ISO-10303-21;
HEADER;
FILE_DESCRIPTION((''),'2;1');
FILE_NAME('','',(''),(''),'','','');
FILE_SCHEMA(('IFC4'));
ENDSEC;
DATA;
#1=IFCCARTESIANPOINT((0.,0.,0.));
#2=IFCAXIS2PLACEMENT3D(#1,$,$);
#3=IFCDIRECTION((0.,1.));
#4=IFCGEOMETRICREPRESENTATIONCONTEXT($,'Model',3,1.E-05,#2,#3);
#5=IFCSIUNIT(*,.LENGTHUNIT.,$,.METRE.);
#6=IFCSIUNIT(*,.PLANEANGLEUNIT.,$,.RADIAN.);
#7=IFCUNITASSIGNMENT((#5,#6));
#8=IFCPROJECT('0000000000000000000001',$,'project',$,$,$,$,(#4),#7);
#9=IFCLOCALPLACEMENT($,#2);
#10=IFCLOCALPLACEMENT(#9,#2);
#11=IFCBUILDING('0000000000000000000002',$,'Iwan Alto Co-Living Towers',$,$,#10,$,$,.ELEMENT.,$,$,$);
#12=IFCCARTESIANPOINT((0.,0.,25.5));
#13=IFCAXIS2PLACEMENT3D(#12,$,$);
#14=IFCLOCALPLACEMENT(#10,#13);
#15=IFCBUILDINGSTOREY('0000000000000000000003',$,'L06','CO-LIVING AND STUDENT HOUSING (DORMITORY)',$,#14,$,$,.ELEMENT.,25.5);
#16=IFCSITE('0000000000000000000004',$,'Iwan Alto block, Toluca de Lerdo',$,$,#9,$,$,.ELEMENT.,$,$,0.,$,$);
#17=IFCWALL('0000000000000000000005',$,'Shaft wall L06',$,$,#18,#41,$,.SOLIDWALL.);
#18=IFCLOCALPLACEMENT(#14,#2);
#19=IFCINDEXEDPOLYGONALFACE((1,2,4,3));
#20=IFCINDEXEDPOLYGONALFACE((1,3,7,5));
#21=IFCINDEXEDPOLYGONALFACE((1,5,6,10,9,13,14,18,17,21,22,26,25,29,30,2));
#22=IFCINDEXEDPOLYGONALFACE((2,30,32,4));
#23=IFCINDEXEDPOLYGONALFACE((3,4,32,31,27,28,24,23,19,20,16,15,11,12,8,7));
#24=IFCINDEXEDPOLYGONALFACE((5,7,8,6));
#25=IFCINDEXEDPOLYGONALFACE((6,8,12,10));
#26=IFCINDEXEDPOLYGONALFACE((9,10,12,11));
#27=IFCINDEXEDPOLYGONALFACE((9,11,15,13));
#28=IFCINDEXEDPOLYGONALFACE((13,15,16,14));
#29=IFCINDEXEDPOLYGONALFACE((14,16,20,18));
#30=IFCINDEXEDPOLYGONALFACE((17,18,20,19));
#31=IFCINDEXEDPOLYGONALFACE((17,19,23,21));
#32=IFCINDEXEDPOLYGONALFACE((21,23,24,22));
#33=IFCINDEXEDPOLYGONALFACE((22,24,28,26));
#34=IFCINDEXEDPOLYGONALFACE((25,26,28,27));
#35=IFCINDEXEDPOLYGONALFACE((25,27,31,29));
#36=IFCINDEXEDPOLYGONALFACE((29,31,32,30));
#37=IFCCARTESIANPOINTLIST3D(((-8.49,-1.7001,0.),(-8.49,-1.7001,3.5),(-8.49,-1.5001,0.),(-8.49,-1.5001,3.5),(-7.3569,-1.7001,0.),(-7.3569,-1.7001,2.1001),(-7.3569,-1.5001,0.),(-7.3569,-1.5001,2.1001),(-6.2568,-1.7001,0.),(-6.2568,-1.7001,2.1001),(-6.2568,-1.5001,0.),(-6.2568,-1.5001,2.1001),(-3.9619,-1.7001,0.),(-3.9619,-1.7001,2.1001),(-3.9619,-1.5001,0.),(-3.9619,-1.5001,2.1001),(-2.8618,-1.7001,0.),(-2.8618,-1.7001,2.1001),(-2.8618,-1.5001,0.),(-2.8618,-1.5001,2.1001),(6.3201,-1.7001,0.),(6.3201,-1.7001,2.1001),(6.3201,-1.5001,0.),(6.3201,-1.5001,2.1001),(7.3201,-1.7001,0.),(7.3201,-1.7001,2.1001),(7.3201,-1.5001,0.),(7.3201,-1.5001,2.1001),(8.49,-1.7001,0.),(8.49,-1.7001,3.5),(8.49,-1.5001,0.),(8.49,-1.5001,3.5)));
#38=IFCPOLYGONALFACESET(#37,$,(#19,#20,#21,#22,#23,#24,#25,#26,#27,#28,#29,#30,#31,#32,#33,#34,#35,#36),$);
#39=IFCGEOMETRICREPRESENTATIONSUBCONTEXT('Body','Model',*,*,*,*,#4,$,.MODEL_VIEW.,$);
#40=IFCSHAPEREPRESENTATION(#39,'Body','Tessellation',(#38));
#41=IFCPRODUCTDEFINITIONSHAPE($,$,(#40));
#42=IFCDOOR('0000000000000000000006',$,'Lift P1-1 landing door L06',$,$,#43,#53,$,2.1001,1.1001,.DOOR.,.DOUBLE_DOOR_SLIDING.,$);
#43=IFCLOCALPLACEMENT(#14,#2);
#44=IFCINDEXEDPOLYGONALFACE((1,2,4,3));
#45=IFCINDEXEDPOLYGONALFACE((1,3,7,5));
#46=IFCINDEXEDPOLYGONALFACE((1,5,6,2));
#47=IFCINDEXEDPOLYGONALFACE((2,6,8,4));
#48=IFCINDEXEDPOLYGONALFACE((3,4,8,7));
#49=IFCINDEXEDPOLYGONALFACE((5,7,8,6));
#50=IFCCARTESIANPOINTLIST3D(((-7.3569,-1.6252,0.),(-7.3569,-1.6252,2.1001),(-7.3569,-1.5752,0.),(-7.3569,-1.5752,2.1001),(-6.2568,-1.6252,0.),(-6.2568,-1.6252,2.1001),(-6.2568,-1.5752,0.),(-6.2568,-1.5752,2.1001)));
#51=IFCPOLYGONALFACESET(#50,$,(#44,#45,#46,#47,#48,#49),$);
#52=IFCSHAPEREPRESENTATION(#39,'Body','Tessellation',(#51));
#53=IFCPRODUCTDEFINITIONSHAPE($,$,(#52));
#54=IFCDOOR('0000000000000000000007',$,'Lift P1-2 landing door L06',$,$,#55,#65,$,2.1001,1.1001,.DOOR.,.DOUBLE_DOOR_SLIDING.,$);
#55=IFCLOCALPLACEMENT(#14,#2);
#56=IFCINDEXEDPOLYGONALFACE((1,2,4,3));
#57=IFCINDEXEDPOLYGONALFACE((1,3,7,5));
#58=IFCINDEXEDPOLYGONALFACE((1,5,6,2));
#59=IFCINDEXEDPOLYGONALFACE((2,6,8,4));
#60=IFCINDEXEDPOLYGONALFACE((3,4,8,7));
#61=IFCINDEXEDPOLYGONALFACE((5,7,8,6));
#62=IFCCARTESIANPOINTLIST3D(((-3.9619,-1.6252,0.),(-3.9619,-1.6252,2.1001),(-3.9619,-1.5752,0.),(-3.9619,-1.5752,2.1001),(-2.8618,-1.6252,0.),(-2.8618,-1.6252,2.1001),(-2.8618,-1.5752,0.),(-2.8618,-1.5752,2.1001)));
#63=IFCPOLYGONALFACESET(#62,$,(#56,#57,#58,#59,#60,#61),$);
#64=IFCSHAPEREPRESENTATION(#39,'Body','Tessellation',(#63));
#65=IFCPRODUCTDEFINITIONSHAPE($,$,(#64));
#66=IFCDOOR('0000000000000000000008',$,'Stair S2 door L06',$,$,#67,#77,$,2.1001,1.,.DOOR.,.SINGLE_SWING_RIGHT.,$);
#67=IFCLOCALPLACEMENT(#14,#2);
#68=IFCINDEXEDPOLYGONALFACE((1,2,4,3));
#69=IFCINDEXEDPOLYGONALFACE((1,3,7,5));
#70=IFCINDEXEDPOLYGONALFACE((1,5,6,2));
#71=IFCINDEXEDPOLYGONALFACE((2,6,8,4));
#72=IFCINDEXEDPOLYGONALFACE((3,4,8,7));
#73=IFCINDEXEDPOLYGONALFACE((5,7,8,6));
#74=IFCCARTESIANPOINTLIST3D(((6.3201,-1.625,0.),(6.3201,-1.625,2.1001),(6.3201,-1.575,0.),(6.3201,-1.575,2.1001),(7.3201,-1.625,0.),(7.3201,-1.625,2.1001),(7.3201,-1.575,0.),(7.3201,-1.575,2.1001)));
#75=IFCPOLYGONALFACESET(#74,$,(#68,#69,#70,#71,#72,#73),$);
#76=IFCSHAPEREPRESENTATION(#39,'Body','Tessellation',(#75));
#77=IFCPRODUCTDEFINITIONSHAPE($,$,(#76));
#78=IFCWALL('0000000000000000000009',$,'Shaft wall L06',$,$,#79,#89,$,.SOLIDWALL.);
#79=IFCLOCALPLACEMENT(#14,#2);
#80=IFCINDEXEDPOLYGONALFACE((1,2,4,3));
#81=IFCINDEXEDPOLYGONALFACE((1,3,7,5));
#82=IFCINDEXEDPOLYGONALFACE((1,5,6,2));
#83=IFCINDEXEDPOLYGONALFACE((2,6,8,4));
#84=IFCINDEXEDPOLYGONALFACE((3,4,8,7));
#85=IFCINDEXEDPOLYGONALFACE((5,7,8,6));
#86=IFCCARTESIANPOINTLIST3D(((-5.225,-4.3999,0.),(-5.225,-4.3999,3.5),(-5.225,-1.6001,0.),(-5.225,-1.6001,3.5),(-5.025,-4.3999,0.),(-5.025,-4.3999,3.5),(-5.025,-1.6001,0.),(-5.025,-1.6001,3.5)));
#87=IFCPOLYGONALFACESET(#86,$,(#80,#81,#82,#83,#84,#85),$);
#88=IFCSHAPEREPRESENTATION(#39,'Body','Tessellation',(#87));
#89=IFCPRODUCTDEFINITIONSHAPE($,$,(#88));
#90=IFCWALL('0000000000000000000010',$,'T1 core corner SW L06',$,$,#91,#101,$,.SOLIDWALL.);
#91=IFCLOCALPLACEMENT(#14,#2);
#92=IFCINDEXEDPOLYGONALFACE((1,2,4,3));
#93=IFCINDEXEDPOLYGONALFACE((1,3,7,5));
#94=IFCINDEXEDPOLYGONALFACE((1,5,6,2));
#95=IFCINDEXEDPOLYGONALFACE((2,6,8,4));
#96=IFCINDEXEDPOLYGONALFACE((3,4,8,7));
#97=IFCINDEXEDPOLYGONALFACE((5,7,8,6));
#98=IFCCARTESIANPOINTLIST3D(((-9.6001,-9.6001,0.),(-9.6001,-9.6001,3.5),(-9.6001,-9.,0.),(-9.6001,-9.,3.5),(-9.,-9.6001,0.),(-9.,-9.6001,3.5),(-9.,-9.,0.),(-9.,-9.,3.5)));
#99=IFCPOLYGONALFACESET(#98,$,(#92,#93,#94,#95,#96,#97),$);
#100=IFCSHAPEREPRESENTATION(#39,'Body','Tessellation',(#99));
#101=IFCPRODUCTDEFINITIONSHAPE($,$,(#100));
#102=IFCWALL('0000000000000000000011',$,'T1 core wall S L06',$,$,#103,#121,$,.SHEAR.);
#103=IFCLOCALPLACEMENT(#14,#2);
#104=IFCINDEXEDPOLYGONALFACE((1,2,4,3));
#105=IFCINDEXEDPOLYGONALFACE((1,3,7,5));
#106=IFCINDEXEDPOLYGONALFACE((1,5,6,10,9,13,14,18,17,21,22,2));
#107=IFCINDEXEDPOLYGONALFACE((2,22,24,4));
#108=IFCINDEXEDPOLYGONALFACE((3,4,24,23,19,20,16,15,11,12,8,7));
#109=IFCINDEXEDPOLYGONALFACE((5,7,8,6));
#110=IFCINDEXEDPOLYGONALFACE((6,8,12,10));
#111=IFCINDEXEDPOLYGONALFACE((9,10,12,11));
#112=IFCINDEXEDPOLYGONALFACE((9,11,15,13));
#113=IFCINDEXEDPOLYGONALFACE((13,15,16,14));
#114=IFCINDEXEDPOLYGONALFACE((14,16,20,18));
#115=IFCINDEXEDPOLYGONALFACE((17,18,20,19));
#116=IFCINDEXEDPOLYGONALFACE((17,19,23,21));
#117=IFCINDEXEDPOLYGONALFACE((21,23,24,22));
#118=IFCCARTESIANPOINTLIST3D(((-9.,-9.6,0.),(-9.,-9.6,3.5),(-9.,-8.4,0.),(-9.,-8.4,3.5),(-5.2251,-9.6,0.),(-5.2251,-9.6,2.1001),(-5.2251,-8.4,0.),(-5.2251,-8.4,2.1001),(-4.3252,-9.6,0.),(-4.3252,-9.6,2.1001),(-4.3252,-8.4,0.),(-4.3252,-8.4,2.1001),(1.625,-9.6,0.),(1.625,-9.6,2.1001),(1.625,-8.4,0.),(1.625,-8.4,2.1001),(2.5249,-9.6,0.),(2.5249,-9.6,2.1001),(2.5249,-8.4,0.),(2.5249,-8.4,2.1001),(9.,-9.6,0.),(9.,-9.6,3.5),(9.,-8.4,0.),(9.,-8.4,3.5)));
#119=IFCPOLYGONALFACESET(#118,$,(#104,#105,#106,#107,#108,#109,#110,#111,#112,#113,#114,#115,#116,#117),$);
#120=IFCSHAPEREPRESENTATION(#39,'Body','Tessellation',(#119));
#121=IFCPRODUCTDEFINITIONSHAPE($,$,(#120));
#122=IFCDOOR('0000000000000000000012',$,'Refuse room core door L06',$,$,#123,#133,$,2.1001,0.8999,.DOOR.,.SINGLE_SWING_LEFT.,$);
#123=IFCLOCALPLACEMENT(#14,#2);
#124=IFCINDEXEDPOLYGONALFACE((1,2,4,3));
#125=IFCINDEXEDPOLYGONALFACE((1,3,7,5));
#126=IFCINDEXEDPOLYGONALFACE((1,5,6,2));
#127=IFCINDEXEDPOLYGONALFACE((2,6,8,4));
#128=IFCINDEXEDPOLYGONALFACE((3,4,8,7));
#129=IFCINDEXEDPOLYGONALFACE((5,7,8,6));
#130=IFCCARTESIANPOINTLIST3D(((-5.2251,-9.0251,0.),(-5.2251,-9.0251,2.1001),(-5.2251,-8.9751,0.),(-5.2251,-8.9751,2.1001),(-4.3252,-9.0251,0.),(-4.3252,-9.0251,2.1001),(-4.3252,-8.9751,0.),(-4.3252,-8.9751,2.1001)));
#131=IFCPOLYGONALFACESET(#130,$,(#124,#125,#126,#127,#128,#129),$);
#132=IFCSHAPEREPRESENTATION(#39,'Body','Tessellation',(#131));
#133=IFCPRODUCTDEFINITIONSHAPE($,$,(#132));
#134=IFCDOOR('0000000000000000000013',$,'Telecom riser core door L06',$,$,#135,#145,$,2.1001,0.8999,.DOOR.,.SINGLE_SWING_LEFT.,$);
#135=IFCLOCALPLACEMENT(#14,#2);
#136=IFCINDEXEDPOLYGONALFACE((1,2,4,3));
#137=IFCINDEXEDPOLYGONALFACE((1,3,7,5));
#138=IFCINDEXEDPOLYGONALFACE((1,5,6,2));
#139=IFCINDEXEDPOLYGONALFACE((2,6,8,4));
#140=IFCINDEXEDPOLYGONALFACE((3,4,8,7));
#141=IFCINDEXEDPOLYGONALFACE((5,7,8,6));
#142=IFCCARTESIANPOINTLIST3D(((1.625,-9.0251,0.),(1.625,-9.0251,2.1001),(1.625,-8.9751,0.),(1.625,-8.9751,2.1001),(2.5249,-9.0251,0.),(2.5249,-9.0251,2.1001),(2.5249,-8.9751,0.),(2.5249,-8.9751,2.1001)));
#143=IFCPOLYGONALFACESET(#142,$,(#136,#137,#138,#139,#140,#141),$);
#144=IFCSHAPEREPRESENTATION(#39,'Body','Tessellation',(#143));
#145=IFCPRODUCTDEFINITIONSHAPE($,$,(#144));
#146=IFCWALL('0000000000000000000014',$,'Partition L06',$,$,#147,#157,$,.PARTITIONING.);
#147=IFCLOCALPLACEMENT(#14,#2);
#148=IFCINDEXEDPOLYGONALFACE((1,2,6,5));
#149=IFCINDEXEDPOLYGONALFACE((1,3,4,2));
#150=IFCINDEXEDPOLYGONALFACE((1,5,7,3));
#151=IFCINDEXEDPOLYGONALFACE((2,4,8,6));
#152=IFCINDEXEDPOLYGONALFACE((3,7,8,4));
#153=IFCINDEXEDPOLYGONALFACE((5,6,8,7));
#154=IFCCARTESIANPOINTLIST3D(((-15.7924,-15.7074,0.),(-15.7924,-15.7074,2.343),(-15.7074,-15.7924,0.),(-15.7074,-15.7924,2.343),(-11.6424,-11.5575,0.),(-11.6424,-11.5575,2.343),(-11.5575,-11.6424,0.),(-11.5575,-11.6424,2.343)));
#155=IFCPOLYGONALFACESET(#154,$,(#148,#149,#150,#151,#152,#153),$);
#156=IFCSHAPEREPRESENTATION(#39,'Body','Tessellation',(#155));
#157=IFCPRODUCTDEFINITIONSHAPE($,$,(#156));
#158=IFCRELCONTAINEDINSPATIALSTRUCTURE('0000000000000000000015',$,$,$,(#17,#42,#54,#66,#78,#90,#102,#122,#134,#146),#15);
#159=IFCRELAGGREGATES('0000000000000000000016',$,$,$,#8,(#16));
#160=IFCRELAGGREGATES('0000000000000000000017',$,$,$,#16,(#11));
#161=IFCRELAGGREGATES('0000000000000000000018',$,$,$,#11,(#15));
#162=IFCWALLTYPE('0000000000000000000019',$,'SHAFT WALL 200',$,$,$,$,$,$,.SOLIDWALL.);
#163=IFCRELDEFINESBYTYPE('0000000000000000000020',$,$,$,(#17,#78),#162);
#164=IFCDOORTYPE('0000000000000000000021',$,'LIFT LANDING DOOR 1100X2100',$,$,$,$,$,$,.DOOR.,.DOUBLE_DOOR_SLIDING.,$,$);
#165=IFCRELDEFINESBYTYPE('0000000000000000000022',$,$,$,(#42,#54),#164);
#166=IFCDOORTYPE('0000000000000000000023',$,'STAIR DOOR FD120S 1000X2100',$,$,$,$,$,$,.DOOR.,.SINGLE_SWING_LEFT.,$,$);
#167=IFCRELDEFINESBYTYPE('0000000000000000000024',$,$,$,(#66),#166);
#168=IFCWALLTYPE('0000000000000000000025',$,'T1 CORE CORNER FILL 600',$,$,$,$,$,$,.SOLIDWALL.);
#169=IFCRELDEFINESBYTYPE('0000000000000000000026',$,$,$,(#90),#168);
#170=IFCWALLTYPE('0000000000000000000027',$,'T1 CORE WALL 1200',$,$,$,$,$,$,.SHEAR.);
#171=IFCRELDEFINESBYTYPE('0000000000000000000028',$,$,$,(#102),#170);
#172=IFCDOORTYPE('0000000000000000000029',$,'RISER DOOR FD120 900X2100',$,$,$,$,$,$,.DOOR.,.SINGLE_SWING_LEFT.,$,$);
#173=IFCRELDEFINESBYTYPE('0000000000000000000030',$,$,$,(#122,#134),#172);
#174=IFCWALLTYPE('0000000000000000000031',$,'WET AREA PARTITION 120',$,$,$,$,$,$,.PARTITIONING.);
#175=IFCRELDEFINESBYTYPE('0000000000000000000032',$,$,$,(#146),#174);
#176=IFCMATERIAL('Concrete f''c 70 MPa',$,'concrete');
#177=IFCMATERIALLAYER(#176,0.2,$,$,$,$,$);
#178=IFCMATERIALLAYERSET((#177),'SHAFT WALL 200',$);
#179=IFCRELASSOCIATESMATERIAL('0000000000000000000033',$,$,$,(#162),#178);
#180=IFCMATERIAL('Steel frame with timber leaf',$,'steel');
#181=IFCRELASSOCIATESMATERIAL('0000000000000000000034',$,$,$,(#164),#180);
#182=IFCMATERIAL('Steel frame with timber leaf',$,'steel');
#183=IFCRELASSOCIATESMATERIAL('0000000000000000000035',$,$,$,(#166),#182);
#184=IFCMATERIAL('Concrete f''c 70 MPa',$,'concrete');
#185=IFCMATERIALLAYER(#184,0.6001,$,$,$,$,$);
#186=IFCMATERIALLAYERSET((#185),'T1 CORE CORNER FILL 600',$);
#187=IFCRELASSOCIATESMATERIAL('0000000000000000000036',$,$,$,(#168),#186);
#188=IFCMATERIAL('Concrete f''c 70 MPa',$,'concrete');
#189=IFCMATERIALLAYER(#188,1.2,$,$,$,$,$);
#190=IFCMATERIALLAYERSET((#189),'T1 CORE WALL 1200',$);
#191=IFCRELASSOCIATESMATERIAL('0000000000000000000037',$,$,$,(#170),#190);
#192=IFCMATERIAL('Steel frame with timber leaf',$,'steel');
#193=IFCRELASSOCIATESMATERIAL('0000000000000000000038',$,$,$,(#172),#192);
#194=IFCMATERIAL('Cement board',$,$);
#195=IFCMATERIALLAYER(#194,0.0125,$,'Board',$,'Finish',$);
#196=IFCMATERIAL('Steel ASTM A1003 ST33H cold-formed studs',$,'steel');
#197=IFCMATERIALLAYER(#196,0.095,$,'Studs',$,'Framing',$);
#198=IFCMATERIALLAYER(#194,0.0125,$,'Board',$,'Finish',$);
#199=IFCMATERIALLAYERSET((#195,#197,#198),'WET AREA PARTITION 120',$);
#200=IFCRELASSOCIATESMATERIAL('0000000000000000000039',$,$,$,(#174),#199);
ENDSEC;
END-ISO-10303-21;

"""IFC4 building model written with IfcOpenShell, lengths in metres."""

from ifc_helpers import new_model, si_unit, direction, frame, frame_2d, origin, place, context, subcontext, project, spatial, rectangle, extrude, material, layer, layer_set, type_object, element, fill, save


model = new_model("IFC4")

# Units and contexts
model_context = context("Model", 3, precision=1e-05, world=origin(), true_north=direction((0.0, 1.0)))
body_context = subcontext(model_context, "Body", "Model", "MODEL_VIEW")
ifc_project = project(units=[si_unit("LENGTHUNIT", "METRE"), si_unit("PLANEANGLEUNIT", "RADIAN")], contexts=[model_context])

# Site, building, storey
site_placement = place(None, origin())
site = spatial("IfcSite", under=ifc_project, at=site_placement, Name="Iwan Alto block, Toluca de Lerdo", CompositionType="ELEMENT", RefElevation=0.0)
building_placement = place(site_placement, origin())
building = spatial("IfcBuilding", under=site, at=building_placement, Name="Iwan Alto Co-Living Towers", CompositionType="ELEMENT")
storey_placement = place(building_placement, frame((0.0, 0.0, 25.5)))
storey = spatial("IfcBuildingStorey", under=building, at=storey_placement, Name="L06", Description="CO-LIVING AND STUDENT HOUSING (DORMITORY)", CompositionType="ELEMENT", Elevation=25.5)

# Shared definitions
ifc_material_1 = material(Name="Steel ASTM A1003 ST33H cold-formed studs", Category="steel")

# Shared definitions
ifc_material_2 = material(Name="Concrete f'c 70 MPa", Category="concrete")
ifc_layer_1 = layer(ifc_material_2, 0.2)
ifc_layer_set_1 = layer_set([ifc_layer_1], Name="SHAFT WALL 200")
wall_type_1 = type_object("IfcWallType", Name="SHAFT WALL 200", PredefinedType="SOLIDWALL", material=ifc_layer_set_1)

# Wall, openings, doors
wall_1_placement = place(storey_placement, frame((-8.49, -1.6001, 0.0), z_axis=(0.0, 0.0, 1.0), x_axis=(1.0, 0.0, 0.0)))
wall_1 = element("IfcWall", 1, at=wall_1_placement, inside=storey, type_object=wall_type_1, Name="Shaft wall L06", PredefinedType="SOLIDWALL", context=body_context, shape_type="SweptSolid", body=[
    extrude(rectangle(XDim=16.98, YDim=0.2, at=frame_2d((8.49, 0.0))), origin(), (0.0, 0.0, 1.0), 3.5),
])
opening_1_placement = place(wall_1_placement, frame((14.8101, 0.0, 0.0)))
opening_1 = element("IfcOpeningElement", 2, at=opening_1_placement, cuts=wall_1, PredefinedType="OPENING", context=body_context, shape_type="SweptSolid", body=[
    extrude(rectangle(XDim=1.0, YDim=2.1001, at=frame_2d((0.5, 1.05))), frame((0.0, 0.1099, 0.0), z_axis=(0.0, -1.0, 0.0), x_axis=(1.0, 0.0, 0.0)), (0.0, 0.0, 1.0), 0.22),
])
opening_2_placement = place(wall_1_placement, frame((1.1331, 0.0, 0.0)))
opening_2 = element("IfcOpeningElement", 3, at=opening_2_placement, cuts=wall_1, PredefinedType="OPENING", context=body_context, shape_type="SweptSolid", body=[
    extrude(rectangle(XDim=1.1001, YDim=2.1001, at=frame_2d((0.55, 1.05))), frame((0.0, 0.1099, 0.0), z_axis=(0.0, -1.0, 0.0), x_axis=(1.0, 0.0, 0.0)), (0.0, 0.0, 1.0), 0.22),
])
opening_3_placement = place(wall_1_placement, frame((4.5281, 0.0, 0.0)))
opening_3 = element("IfcOpeningElement", 4, at=opening_3_placement, cuts=wall_1, PredefinedType="OPENING", context=body_context, shape_type="SweptSolid", body=[
    extrude(rectangle(XDim=1.1001, YDim=2.1001, at=frame_2d((0.55, 1.05))), frame((0.0, 0.1099, 0.0), z_axis=(0.0, -1.0, 0.0), x_axis=(1.0, 0.0, 0.0)), (0.0, 0.0, 1.0), 0.22),
])
ifc_material_3 = material(Name="Steel frame with timber leaf", Category="steel")
door_type_1 = type_object("IfcDoorType", Name="LIFT LANDING DOOR 1100X2100", OperationType="DOUBLE_DOOR_SLIDING", PredefinedType="DOOR", material=ifc_material_3)
door_1_placement = place(opening_2_placement, origin())
door_1 = element("IfcDoor", 5, at=door_1_placement, inside=storey, type_object=door_type_1, Name="Lift P1-1 landing door L06", OperationType="DOUBLE_DOOR_SLIDING", OverallHeight=2.1001, OverallWidth=1.1001, PredefinedType="DOOR", context=body_context, shape_type="SweptSolid", body=[
    extrude(rectangle(XDim=1.1001, YDim=2.1001, at=frame_2d((0.55, 1.05))), frame((0.0, 0.0249, 0.0), z_axis=(0.0, -1.0, 0.0), x_axis=(1.0, 0.0, 0.0)), (0.0, 0.0, 1.0), 0.05),
])
fill(opening_2, door_1)
door_2_placement = place(opening_3_placement, origin())
door_2 = element("IfcDoor", 6, at=door_2_placement, inside=storey, type_object=door_type_1, Name="Lift P1-2 landing door L06", OperationType="DOUBLE_DOOR_SLIDING", OverallHeight=2.1001, OverallWidth=1.1001, PredefinedType="DOOR", context=body_context, shape_type="SweptSolid", body=[
    extrude(rectangle(XDim=1.1001, YDim=2.1001, at=frame_2d((0.55, 1.05))), frame((0.0, 0.0249, 0.0), z_axis=(0.0, -1.0, 0.0), x_axis=(1.0, 0.0, 0.0)), (0.0, 0.0, 1.0), 0.05),
])
fill(opening_3, door_2)
ifc_material_4 = material(Name="Steel frame with timber leaf", Category="steel")
door_type_2 = type_object("IfcDoorType", Name="STAIR DOOR FD120S 1000X2100", OperationType="SINGLE_SWING_LEFT", PredefinedType="DOOR", material=ifc_material_4)
door_3_placement = place(opening_1_placement, frame((1.0, 0.0, 0.0), z_axis=(0.0, 0.0, 1.0), x_axis=(-1.0, 0.0, 0.0)))
door_3 = element("IfcDoor", 7, at=door_3_placement, inside=storey, type_object=door_type_2, Name="Stair S2 door L06", OperationType="SINGLE_SWING_RIGHT", OverallHeight=2.1001, OverallWidth=1.0, PredefinedType="DOOR", context=body_context, shape_type="SweptSolid", body=[
    extrude(rectangle(XDim=1.0, YDim=2.1001, at=frame_2d((0.5, 1.05))), frame((0.0, 0.0249, 0.0), z_axis=(0.0, -1.0, 0.0), x_axis=(1.0, 0.0, 0.0)), (0.0, 0.0, 1.0), 0.05),
])
fill(opening_1, door_3)

# Walls
wall_2_placement = place(storey_placement, frame((-5.125, -4.3999, 0.0), z_axis=(0.0, 0.0, 1.0), x_axis=(0.0, 1.0, 0.0)))
element("IfcWall", 8, at=wall_2_placement, inside=storey, type_object=wall_type_1, Name="Shaft wall L06", PredefinedType="SOLIDWALL", context=body_context, shape_type="SweptSolid", body=[
    extrude(rectangle(XDim=2.7998, YDim=0.2, at=frame_2d((1.3999, 0.0))), origin(), (0.0, 0.0, 1.0), 3.5),
])
ifc_material_5 = material(Name="Concrete f'c 70 MPa", Category="concrete")
ifc_layer_2 = layer(ifc_material_5, 0.6001)
ifc_layer_set_2 = layer_set([ifc_layer_2], Name="T1 CORE CORNER FILL 600")
wall_type_2 = type_object("IfcWallType", Name="T1 CORE CORNER FILL 600", PredefinedType="SOLIDWALL", material=ifc_layer_set_2)
wall_3_placement = place(storey_placement, frame((-9.6001, -9.3, 0.0), z_axis=(0.0, 0.0, 1.0), x_axis=(1.0, 0.0, 0.0)))
element("IfcWall", 9, at=wall_3_placement, inside=storey, type_object=wall_type_2, Name="T1 core corner SW L06", PredefinedType="SOLIDWALL", context=body_context, shape_type="SweptSolid", body=[
    extrude(rectangle(XDim=0.6001, YDim=0.6001, at=frame_2d((0.3, 0.0))), origin(), (0.0, 0.0, 1.0), 3.5),
])

# Wall, openings, doors
ifc_material_6 = material(Name="Concrete f'c 70 MPa", Category="concrete")
ifc_layer_3 = layer(ifc_material_6, 1.2)
ifc_layer_set_3 = layer_set([ifc_layer_3], Name="T1 CORE WALL 1200")
wall_type_3 = type_object("IfcWallType", Name="T1 CORE WALL 1200", PredefinedType="SHEAR", material=ifc_layer_set_3)
wall_4_placement = place(storey_placement, frame((-9.0, -9.0, 0.0), z_axis=(0.0, 0.0, 1.0), x_axis=(1.0, 0.0, 0.0)))
wall_4 = element("IfcWall", 10, at=wall_4_placement, inside=storey, type_object=wall_type_3, Name="T1 core wall S L06", PredefinedType="SHEAR", context=body_context, shape_type="SweptSolid", body=[
    extrude(rectangle(XDim=18.0, YDim=1.2, at=frame_2d((9.0, 0.0))), origin(), (0.0, 0.0, 1.0), 3.5),
])
opening_4_placement = place(wall_4_placement, frame((3.7749, 0.0, 0.0)))
opening_4 = element("IfcOpeningElement", 11, at=opening_4_placement, cuts=wall_4, PredefinedType="OPENING", context=body_context, shape_type="SweptSolid", body=[
    extrude(rectangle(XDim=0.8999, YDim=2.1001, at=frame_2d((0.45, 1.05))), frame((0.0, 0.6099, 0.0), z_axis=(0.0, -1.0, 0.0), x_axis=(1.0, 0.0, 0.0)), (0.0, 0.0, 1.0), 1.22),
])
opening_5_placement = place(wall_4_placement, frame((10.625, 0.0, 0.0)))
opening_5 = element("IfcOpeningElement", 12, at=opening_5_placement, cuts=wall_4, PredefinedType="OPENING", context=body_context, shape_type="SweptSolid", body=[
    extrude(rectangle(XDim=0.8999, YDim=2.1001, at=frame_2d((0.45, 1.05))), frame((0.0, 0.6099, 0.0), z_axis=(0.0, -1.0, 0.0), x_axis=(1.0, 0.0, 0.0)), (0.0, 0.0, 1.0), 1.22),
])
ifc_material_7 = material(Name="Steel frame with timber leaf", Category="steel")
door_type_3 = type_object("IfcDoorType", Name="RISER DOOR FD120 900X2100", OperationType="SINGLE_SWING_LEFT", PredefinedType="DOOR", material=ifc_material_7)
door_4_placement = place(opening_4_placement, origin())
door_4 = element("IfcDoor", 13, at=door_4_placement, inside=storey, type_object=door_type_3, Name="Refuse room core door L06", OperationType="SINGLE_SWING_LEFT", OverallHeight=2.1001, OverallWidth=0.8999, PredefinedType="DOOR", context=body_context, shape_type="SweptSolid", body=[
    extrude(rectangle(XDim=0.8999, YDim=2.1001, at=frame_2d((0.45, 1.05))), frame((0.0, 0.0249, 0.0), z_axis=(0.0, -1.0, 0.0), x_axis=(1.0, 0.0, 0.0)), (0.0, 0.0, 1.0), 0.05),
])
fill(opening_4, door_4)
door_5_placement = place(opening_5_placement, origin())
door_5 = element("IfcDoor", 14, at=door_5_placement, inside=storey, type_object=door_type_3, Name="Telecom riser core door L06", OperationType="SINGLE_SWING_LEFT", OverallHeight=2.1001, OverallWidth=0.8999, PredefinedType="DOOR", context=body_context, shape_type="SweptSolid", body=[
    extrude(rectangle(XDim=0.8999, YDim=2.1001, at=frame_2d((0.45, 1.05))), frame((0.0, 0.0249, 0.0), z_axis=(0.0, -1.0, 0.0), x_axis=(1.0, 0.0, 0.0)), (0.0, 0.0, 1.0), 0.05),
])
fill(opening_5, door_5)

# Wall
ifc_material_8 = material(Name="Cement board")
ifc_layer_4 = layer(ifc_material_8, 0.0125, Name="Board", Category="Finish")
ifc_layer_5 = layer(ifc_material_1, 0.095, Name="Studs", Category="Framing")
ifc_layer_6 = layer(ifc_material_8, 0.0125, Name="Board", Category="Finish")
ifc_layer_set_4 = layer_set([ifc_layer_4, ifc_layer_5, ifc_layer_6], Name="WET AREA PARTITION 120")
wall_type_4 = type_object("IfcWallType", Name="WET AREA PARTITION 120", PredefinedType="PARTITIONING", material=ifc_layer_set_4)
wall_5_placement = place(storey_placement, frame((-15.75, -15.75, 0.0), z_axis=(0.0, 0.0, 1.0), x_axis=(0.707107, 0.707107, 0.0)))
element("IfcWall", 15, at=wall_5_placement, inside=storey, type_object=wall_type_4, Name="Partition L06", PredefinedType="PARTITIONING", context=body_context, shape_type="SweptSolid", body=[
    extrude(rectangle(XDim=5.8689, YDim=0.1201, at=frame_2d((2.9346, 0.0))), origin(), (0.0, 0.0, 1.0), 2.343),
])

save(model, "model.ifc")
